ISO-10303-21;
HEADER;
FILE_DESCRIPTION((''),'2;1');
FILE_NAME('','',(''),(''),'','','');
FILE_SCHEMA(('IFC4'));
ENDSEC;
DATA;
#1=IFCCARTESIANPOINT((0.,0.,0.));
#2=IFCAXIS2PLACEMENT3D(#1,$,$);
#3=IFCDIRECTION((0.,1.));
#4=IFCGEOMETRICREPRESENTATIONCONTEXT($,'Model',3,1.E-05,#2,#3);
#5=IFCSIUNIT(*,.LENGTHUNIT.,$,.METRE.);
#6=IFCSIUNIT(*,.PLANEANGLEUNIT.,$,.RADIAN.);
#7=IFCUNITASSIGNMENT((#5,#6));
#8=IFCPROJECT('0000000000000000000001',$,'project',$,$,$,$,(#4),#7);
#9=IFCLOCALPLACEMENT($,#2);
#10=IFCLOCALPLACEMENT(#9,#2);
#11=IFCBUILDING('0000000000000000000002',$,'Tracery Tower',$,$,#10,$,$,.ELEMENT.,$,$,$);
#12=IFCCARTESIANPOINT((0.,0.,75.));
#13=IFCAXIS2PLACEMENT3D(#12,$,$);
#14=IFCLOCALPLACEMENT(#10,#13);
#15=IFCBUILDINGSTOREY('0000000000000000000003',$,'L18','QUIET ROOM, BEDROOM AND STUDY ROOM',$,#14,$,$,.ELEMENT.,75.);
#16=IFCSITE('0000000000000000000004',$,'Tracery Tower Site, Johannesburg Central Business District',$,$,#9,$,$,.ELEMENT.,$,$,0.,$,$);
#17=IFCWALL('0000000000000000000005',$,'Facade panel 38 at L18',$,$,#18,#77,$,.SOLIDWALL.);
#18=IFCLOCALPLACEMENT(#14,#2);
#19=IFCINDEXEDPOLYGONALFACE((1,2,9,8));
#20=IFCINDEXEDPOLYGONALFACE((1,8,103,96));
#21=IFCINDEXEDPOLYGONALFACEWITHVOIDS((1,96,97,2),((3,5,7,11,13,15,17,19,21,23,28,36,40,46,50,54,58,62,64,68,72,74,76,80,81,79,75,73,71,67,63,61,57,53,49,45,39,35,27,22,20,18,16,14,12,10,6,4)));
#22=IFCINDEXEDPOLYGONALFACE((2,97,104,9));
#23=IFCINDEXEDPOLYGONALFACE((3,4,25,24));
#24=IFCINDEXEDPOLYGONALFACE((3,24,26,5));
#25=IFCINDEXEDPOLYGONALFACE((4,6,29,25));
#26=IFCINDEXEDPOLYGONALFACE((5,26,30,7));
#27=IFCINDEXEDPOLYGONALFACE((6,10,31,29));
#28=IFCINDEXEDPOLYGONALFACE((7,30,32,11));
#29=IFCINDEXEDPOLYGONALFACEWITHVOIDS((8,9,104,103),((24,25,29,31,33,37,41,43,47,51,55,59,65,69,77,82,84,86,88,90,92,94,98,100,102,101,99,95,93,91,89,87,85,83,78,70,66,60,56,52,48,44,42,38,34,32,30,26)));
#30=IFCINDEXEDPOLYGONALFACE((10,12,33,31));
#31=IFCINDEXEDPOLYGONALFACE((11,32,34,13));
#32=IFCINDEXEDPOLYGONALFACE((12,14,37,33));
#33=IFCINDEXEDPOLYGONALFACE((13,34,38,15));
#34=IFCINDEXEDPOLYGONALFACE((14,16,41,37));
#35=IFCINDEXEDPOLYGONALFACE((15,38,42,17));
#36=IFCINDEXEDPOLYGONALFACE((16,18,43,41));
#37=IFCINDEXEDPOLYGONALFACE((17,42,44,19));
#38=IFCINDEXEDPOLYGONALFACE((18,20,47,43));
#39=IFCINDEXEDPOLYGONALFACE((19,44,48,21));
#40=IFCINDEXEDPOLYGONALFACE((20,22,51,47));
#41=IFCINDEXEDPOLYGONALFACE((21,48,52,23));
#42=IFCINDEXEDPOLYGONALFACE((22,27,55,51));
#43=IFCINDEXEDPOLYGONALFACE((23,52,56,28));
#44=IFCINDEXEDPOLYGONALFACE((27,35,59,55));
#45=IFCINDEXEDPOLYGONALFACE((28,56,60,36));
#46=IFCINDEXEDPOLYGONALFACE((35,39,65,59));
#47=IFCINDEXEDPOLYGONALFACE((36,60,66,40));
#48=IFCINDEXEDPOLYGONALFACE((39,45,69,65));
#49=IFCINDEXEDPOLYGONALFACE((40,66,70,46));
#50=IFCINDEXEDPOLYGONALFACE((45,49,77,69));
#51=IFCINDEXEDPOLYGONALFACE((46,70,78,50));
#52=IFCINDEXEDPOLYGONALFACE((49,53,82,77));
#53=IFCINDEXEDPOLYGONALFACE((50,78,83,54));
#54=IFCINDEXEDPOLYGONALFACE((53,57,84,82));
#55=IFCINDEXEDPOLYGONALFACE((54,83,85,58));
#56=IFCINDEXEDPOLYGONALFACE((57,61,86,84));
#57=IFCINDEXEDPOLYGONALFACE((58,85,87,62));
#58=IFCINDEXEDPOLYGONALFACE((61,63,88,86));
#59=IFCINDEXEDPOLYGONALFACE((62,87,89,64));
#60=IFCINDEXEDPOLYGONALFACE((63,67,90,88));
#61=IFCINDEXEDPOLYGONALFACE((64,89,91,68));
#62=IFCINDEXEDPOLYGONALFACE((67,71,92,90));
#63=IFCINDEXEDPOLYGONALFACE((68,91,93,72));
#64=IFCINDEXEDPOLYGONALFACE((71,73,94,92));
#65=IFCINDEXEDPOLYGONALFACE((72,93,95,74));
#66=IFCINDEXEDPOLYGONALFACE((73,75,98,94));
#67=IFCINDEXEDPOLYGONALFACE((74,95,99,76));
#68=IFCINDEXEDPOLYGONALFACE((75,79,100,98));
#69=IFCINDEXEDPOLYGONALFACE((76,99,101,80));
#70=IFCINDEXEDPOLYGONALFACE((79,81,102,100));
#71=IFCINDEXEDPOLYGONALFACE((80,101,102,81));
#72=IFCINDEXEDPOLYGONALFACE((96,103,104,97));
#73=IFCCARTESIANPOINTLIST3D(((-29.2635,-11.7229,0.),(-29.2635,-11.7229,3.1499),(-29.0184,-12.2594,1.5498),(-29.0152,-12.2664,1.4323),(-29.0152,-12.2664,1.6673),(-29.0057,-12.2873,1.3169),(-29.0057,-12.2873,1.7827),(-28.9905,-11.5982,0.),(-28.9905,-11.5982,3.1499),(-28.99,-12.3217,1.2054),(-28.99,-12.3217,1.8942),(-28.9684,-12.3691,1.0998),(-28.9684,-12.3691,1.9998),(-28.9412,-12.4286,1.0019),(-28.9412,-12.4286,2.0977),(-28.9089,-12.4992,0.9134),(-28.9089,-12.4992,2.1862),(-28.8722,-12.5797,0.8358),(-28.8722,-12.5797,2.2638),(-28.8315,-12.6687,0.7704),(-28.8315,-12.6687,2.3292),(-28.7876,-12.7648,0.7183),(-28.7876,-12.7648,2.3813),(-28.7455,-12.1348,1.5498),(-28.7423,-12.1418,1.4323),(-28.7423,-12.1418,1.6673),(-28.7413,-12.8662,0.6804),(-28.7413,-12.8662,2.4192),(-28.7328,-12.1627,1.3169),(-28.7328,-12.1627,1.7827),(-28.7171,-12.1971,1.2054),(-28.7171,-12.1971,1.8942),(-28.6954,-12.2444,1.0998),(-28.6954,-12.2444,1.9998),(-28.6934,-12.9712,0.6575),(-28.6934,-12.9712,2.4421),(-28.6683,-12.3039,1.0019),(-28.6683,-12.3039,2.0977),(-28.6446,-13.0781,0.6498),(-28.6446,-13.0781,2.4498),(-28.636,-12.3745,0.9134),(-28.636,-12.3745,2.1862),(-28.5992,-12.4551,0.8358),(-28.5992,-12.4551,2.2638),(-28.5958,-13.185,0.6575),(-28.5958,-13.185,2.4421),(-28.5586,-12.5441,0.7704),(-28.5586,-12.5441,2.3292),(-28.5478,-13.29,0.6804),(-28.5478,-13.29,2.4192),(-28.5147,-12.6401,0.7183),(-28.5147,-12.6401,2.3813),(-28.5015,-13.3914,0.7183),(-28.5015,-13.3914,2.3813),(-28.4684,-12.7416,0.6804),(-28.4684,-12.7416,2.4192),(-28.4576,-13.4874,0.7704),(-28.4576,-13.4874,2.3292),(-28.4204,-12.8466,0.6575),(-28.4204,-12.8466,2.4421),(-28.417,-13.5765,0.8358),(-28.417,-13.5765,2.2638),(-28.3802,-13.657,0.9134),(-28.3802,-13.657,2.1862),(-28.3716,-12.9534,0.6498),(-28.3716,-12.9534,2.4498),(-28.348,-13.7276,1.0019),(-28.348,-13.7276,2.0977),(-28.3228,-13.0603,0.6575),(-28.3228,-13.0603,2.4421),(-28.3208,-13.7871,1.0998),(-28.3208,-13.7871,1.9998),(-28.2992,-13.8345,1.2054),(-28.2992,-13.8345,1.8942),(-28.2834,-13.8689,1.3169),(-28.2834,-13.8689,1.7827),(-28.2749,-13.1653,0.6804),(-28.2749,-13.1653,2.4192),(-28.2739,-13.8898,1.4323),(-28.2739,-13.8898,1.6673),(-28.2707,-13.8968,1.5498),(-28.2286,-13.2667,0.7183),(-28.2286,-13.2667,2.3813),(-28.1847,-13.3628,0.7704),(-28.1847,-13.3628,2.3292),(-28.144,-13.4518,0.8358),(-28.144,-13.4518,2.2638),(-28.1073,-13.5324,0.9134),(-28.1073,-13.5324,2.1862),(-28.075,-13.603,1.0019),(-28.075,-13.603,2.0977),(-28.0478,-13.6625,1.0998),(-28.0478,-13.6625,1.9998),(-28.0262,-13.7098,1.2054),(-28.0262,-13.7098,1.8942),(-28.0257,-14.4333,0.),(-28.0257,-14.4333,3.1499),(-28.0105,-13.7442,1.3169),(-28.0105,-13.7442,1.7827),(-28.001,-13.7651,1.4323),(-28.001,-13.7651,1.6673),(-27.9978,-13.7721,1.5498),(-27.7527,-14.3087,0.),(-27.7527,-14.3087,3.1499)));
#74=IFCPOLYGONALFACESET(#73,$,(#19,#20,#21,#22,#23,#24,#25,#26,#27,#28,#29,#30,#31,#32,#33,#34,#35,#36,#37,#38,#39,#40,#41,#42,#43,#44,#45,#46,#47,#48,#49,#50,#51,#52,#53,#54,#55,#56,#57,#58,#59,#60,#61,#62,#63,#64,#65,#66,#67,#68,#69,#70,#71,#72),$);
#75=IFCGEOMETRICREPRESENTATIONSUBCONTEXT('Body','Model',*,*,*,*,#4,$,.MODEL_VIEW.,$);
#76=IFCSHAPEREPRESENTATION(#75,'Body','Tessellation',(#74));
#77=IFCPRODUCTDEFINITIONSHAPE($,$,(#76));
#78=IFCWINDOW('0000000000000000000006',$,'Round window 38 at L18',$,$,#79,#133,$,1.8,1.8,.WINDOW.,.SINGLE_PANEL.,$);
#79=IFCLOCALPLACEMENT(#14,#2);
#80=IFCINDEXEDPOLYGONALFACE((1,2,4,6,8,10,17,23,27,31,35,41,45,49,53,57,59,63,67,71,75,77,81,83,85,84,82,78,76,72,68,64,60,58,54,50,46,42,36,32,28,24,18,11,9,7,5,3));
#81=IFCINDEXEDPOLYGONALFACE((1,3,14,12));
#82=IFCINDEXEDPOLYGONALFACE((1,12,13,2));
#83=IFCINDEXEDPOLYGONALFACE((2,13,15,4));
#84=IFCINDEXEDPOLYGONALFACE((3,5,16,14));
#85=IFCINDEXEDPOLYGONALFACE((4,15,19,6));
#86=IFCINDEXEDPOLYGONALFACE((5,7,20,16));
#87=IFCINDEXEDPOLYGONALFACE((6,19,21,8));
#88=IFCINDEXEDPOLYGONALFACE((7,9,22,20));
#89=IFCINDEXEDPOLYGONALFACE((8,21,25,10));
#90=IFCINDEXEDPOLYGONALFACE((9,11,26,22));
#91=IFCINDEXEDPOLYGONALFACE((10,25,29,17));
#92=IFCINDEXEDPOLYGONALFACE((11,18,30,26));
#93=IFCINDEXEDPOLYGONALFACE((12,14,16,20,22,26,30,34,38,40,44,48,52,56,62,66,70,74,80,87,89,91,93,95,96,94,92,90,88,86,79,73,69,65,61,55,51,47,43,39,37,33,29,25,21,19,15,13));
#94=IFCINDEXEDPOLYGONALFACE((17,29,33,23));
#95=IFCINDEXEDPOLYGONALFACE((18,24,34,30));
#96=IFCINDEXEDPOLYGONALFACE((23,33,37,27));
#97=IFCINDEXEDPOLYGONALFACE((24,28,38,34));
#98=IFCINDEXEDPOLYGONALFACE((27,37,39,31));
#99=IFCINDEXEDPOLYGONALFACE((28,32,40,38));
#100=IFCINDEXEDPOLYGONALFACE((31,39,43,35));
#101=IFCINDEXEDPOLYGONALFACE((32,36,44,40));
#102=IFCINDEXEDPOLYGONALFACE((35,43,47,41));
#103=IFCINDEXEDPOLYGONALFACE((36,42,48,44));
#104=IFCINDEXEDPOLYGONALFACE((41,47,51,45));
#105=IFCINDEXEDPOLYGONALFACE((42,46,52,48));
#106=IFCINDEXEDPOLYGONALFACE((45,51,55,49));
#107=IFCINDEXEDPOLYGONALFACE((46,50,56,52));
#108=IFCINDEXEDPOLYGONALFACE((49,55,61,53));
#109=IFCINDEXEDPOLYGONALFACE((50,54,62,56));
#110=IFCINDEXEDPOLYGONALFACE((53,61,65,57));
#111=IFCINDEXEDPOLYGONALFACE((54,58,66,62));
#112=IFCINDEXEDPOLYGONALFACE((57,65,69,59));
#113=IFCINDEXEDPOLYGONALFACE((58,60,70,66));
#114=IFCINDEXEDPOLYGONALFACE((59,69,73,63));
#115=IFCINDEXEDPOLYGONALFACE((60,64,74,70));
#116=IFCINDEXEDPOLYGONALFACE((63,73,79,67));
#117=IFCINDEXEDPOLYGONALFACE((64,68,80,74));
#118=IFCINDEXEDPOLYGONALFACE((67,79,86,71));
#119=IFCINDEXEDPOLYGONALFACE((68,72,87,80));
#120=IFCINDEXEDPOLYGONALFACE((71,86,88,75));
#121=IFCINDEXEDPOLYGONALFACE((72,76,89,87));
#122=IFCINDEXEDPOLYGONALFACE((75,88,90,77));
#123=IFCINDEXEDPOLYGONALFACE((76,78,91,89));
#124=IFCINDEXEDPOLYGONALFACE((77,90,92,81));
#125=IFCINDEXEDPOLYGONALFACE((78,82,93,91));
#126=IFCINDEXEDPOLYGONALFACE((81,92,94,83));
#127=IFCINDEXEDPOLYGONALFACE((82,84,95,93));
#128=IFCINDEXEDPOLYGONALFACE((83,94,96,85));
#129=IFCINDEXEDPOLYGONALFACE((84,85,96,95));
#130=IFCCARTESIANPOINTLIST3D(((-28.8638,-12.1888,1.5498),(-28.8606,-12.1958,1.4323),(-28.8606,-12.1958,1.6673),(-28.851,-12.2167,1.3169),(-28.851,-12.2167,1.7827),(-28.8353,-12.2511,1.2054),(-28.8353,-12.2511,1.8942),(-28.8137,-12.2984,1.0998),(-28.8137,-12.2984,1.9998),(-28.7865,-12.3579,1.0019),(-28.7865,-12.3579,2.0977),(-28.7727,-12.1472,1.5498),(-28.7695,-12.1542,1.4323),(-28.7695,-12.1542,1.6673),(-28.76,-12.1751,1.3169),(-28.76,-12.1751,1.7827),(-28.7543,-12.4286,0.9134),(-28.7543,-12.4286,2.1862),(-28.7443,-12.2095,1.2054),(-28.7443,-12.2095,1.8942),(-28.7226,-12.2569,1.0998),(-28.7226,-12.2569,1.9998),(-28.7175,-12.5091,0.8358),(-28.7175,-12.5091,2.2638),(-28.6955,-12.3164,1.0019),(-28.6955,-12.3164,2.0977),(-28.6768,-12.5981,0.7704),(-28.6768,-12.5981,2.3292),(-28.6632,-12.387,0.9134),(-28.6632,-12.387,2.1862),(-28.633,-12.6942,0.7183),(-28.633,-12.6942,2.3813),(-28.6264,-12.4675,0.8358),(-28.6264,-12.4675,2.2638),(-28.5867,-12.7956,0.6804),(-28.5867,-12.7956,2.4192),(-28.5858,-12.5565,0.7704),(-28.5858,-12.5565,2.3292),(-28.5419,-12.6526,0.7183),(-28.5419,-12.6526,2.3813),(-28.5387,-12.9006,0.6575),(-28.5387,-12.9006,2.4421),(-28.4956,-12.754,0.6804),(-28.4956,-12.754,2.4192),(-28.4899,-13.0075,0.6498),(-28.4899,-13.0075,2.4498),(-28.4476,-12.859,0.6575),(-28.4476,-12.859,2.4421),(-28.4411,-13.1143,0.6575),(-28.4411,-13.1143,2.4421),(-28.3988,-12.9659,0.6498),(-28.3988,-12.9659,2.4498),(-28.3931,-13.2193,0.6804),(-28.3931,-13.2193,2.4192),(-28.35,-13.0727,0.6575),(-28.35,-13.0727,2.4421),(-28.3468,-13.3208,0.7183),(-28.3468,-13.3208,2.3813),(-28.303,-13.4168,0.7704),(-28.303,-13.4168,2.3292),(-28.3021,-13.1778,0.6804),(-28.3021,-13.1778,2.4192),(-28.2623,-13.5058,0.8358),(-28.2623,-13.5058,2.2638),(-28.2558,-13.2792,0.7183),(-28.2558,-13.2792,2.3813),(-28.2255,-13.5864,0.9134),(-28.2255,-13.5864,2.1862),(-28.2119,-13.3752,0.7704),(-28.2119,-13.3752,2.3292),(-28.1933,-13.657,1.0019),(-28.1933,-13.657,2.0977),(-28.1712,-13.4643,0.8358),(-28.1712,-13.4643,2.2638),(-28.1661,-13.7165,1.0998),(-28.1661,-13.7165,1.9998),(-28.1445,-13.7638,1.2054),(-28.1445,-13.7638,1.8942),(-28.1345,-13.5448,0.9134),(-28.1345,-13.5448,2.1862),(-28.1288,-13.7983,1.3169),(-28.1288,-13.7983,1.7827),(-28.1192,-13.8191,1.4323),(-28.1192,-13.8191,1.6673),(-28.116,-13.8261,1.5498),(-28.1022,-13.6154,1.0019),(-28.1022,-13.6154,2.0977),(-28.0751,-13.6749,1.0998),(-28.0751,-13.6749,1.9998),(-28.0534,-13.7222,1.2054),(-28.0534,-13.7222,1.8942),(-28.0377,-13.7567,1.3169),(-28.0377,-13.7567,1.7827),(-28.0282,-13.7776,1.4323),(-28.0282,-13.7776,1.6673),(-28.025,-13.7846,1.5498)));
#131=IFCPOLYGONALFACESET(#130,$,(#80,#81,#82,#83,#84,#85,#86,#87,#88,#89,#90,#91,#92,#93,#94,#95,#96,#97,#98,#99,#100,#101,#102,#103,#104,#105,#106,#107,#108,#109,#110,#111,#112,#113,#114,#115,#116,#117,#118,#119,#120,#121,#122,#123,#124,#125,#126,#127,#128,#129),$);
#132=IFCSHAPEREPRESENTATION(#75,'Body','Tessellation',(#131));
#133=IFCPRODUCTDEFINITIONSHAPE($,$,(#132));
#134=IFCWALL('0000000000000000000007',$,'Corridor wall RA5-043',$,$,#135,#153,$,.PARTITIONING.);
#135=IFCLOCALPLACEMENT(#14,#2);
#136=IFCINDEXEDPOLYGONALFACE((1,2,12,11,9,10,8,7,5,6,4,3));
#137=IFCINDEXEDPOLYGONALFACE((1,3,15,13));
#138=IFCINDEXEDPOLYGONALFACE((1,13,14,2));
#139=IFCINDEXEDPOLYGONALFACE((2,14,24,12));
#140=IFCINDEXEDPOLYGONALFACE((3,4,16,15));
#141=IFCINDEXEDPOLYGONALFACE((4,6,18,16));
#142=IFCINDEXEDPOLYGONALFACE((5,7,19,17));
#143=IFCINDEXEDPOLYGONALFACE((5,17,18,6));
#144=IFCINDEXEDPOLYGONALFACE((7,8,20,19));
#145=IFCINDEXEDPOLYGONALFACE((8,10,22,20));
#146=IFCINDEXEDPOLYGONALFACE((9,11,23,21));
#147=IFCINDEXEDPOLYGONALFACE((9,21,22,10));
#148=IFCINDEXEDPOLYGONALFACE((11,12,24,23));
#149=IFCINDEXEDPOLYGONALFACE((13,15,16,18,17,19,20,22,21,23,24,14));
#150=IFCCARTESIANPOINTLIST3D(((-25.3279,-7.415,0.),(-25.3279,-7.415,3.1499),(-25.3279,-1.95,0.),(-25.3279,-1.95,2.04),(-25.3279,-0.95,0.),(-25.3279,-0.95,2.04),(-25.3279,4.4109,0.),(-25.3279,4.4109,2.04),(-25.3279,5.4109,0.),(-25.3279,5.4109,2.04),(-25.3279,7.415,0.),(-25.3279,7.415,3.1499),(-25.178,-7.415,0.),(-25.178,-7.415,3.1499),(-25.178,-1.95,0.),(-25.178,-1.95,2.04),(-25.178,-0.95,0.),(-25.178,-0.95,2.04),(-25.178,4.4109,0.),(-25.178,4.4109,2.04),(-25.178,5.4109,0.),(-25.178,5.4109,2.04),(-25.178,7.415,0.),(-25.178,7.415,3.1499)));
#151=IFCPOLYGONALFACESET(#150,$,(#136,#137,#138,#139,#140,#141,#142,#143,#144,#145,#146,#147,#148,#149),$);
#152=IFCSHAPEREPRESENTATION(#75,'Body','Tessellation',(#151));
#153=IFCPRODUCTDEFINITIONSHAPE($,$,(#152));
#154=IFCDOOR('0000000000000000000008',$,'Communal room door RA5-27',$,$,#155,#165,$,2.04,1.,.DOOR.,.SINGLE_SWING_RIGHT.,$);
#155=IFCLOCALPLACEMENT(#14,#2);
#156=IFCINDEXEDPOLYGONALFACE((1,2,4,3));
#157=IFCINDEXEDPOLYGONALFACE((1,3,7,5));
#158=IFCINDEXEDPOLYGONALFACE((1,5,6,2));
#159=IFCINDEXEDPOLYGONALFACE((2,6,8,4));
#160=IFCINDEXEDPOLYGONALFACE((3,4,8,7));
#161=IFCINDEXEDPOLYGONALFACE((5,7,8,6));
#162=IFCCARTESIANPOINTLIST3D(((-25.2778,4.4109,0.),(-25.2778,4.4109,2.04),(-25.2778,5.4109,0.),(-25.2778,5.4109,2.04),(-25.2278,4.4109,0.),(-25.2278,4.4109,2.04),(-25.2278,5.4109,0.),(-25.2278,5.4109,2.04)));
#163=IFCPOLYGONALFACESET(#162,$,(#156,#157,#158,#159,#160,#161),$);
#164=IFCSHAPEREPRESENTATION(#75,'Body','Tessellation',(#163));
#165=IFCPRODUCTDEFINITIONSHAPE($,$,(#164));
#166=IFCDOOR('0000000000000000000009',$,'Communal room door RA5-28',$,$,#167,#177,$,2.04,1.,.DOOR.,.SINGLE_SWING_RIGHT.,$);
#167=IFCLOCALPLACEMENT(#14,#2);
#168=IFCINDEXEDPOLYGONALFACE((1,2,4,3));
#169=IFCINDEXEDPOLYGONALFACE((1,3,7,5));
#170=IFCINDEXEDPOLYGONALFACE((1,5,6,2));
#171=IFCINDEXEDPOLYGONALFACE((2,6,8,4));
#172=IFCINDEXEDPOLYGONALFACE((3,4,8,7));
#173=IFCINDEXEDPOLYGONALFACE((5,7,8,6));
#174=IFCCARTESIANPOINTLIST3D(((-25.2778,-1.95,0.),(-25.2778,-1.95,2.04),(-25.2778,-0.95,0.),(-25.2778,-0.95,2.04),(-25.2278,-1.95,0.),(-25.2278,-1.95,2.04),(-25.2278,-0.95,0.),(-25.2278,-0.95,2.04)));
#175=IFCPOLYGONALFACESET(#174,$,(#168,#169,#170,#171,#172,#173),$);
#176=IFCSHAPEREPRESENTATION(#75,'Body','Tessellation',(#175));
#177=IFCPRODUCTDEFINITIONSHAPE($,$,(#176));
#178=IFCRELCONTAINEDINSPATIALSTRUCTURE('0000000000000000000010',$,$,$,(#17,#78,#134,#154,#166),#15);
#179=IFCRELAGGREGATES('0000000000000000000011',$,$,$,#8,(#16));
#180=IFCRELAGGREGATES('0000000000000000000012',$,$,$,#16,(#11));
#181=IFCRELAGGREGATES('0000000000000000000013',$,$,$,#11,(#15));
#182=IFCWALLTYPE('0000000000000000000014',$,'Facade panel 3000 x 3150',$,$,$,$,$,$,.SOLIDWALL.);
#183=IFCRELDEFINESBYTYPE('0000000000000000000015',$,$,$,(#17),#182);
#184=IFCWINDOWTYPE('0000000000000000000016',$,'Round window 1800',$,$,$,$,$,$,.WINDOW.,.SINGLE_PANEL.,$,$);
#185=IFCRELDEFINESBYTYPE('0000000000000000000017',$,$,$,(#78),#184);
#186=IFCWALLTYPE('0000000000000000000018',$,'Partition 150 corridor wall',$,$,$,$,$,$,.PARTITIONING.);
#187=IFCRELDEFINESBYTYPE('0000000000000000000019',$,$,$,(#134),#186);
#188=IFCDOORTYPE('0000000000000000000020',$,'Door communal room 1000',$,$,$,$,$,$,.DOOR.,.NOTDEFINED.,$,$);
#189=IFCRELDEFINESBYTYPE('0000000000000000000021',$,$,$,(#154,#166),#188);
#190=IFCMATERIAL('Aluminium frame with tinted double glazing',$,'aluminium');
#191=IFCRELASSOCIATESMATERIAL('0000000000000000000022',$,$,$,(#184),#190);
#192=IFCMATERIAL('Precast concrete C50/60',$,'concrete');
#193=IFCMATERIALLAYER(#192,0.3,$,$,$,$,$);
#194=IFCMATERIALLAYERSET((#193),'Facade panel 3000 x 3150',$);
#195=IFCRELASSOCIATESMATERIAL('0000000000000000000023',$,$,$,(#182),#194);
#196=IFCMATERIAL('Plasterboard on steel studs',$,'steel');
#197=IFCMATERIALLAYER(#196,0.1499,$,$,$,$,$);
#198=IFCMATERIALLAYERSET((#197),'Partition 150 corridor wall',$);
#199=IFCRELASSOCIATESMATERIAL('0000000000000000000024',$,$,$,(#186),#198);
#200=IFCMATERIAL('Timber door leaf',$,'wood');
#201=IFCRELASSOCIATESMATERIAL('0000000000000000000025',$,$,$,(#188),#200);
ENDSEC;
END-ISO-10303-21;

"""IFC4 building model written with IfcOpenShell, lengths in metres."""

from ifc_helpers import new_model, si_unit, direction, frame, frame_2d, origin, origin_2d, place, context, subcontext, project, spatial, rectangle, circle, extrude, material, layer, layer_set, type_object, element, fill, save


model = new_model("IFC4")

# Units and contexts
model_context = context("Model", 3, precision=1e-05, world=origin(), true_north=direction((0.0, 1.0)))
body_context = subcontext(model_context, "Body", "Model", "MODEL_VIEW")
ifc_project = project(units=[si_unit("LENGTHUNIT", "METRE"), si_unit("PLANEANGLEUNIT", "RADIAN")], contexts=[model_context])

# Site, building, storey
site_placement = place(None, origin())
site = spatial("IfcSite", under=ifc_project, at=site_placement, Name="Tracery Tower Site, Johannesburg Central Business District", CompositionType="ELEMENT", RefElevation=0.0)
building_placement = place(site_placement, origin())
building = spatial("IfcBuilding", under=site, at=building_placement, Name="Tracery Tower", CompositionType="ELEMENT")
storey_placement = place(building_placement, frame((0.0, 0.0, 75.0)))
storey = spatial("IfcBuildingStorey", under=building, at=storey_placement, Name="L18", Description="QUIET ROOM, BEDROOM AND STUDY ROOM", CompositionType="ELEMENT", Elevation=75.0)

# Wall, opening, window
ifc_material_1 = material(Name="Aluminium frame with tinted double glazing", Category="aluminium")
window_type = type_object("IfcWindowType", Name="Round window 1800", PartitioningType="SINGLE_PANEL", PredefinedType="WINDOW", material=ifc_material_1)
ifc_material_2 = material(Name="Precast concrete C50/60", Category="concrete")
ifc_layer_1 = layer(ifc_material_2, 0.3)
ifc_layer_set_1 = layer_set([ifc_layer_1], Name="Facade panel 3000 x 3150")
wall_type_1 = type_object("IfcWallType", Name="Facade panel 3000 x 3150", PredefinedType="SOLIDWALL", material=ifc_layer_set_1)
wall_1_placement = place(storey_placement, frame((-29.127, -11.6606, 0.0), z_axis=(0.0, 0.0, 1.0), x_axis=(0.415407, -0.909636, 0.0)))
wall_1 = element("IfcWall", 1, at=wall_1_placement, inside=storey, type_object=wall_type_1, Name="Facade panel 38 at L18", PredefinedType="SOLIDWALL", context=body_context, shape_type="SweptSolid", body=[
    extrude(rectangle(XDim=2.9797, YDim=0.3, at=frame_2d((1.4897, 0.0))), origin(), (0.0, 0.0, 1.0), 3.1499),
])
opening_1_placement = place(wall_1_placement, frame((1.4897, 0.0, 1.5498)))
opening_1 = element("IfcOpeningElement", 2, at=opening_1_placement, cuts=wall_1, PredefinedType="OPENING", context=body_context, shape_type="SweptSolid", body=[
    extrude(circle(Radius=0.9, at=origin_2d()), frame((0.0, 0.1599, 0.0), z_axis=(0.0, -1.0, 0.0), x_axis=(1.0, 0.0, 0.0)), (0.0, 0.0, 1.0), 0.3201),
])
window_1_placement = place(opening_1_placement, origin())
window_1 = element("IfcWindow", 3, at=window_1_placement, inside=storey, type_object=window_type, Name="Round window 38 at L18", OverallHeight=1.8, OverallWidth=1.8, PartitioningType="SINGLE_PANEL", PredefinedType="WINDOW", context=body_context, shape_type="SweptSolid", body=[
    extrude(circle(Radius=0.9, at=origin_2d()), frame((0.0, 0.1201, 0.0), z_axis=(0.0, -1.0, 0.0), x_axis=(1.0, 0.0, 0.0)), (0.0, 0.0, 1.0), 0.1001),
])
fill(opening_1, window_1)

# Wall, openings, doors
ifc_material_3 = material(Name="Plasterboard on steel studs", Category="steel")
ifc_layer_2 = layer(ifc_material_3, 0.1499)
ifc_layer_set_2 = layer_set([ifc_layer_2], Name="Partition 150 corridor wall")
wall_type_2 = type_object("IfcWallType", Name="Partition 150 corridor wall", PredefinedType="PARTITIONING", material=ifc_layer_set_2)
wall_2_placement = place(storey_placement, frame((-25.2529, -7.415, 0.0), z_axis=(0.0, 0.0, 1.0), x_axis=(0.0, 1.0, 0.0)))
wall_2 = element("IfcWall", 4, at=wall_2_placement, inside=storey, type_object=wall_type_2, Name="Corridor wall RA5-043", PredefinedType="PARTITIONING", context=body_context, shape_type="SweptSolid", body=[
    extrude(rectangle(XDim=14.8301, YDim=0.1499, at=frame_2d((7.415, 0.0))), origin(), (0.0, 0.0, 1.0), 3.1499),
])
opening_2_placement = place(wall_2_placement, frame((11.8259, 0.0, 0.0)))
opening_2 = element("IfcOpeningElement", 5, at=opening_2_placement, cuts=wall_2, PredefinedType="OPENING", context=body_context, shape_type="SweptSolid", body=[
    extrude(rectangle(XDim=1.0, YDim=2.04, at=frame_2d((0.5, 1.02))), frame((0.0, 0.075, 0.0), z_axis=(0.0, -1.0, 0.0), x_axis=(1.0, 0.0, 0.0)), (0.0, 0.0, 1.0), 0.1499),
])
opening_3_placement = place(wall_2_placement, frame((5.4651, 0.0, 0.0)))
opening_3 = element("IfcOpeningElement", 6, at=opening_3_placement, cuts=wall_2, PredefinedType="OPENING", context=body_context, shape_type="SweptSolid", body=[
    extrude(rectangle(XDim=1.0, YDim=2.04, at=frame_2d((0.5, 1.02))), frame((0.0, 0.075, 0.0), z_axis=(0.0, -1.0, 0.0), x_axis=(1.0, 0.0, 0.0)), (0.0, 0.0, 1.0), 0.1499),
])
ifc_material_4 = material(Name="Timber door leaf", Category="wood")
door_type = type_object("IfcDoorType", Name="Door communal room 1000", OperationType="NOTDEFINED", PredefinedType="DOOR", material=ifc_material_4)
door_1_placement = place(opening_2_placement, origin())
door_1 = element("IfcDoor", 7, at=door_1_placement, inside=storey, type_object=door_type, Name="Communal room door RA5-27", OperationType="SINGLE_SWING_RIGHT", OverallHeight=2.04, OverallWidth=1.0, PredefinedType="DOOR", context=body_context, shape_type="SweptSolid", body=[
    extrude(rectangle(XDim=1.0, YDim=2.04, at=frame_2d((0.5, 1.02))), frame((0.0, 0.0249, 0.0), z_axis=(0.0, -1.0, 0.0), x_axis=(1.0, 0.0, 0.0)), (0.0, 0.0, 1.0), 0.05),
])
fill(opening_2, door_1)
door_2_placement = place(opening_3_placement, origin())
door_2 = element("IfcDoor", 8, at=door_2_placement, inside=storey, type_object=door_type, Name="Communal room door RA5-28", OperationType="SINGLE_SWING_RIGHT", OverallHeight=2.04, OverallWidth=1.0, PredefinedType="DOOR", context=body_context, shape_type="SweptSolid", body=[
    extrude(rectangle(XDim=1.0, YDim=2.04, at=frame_2d((0.5, 1.02))), frame((0.0, 0.0249, 0.0), z_axis=(0.0, -1.0, 0.0), x_axis=(1.0, 0.0, 0.0)), (0.0, 0.0, 1.0), 0.05),
])
fill(opening_3, door_2)

save(model, "model.ifc")
